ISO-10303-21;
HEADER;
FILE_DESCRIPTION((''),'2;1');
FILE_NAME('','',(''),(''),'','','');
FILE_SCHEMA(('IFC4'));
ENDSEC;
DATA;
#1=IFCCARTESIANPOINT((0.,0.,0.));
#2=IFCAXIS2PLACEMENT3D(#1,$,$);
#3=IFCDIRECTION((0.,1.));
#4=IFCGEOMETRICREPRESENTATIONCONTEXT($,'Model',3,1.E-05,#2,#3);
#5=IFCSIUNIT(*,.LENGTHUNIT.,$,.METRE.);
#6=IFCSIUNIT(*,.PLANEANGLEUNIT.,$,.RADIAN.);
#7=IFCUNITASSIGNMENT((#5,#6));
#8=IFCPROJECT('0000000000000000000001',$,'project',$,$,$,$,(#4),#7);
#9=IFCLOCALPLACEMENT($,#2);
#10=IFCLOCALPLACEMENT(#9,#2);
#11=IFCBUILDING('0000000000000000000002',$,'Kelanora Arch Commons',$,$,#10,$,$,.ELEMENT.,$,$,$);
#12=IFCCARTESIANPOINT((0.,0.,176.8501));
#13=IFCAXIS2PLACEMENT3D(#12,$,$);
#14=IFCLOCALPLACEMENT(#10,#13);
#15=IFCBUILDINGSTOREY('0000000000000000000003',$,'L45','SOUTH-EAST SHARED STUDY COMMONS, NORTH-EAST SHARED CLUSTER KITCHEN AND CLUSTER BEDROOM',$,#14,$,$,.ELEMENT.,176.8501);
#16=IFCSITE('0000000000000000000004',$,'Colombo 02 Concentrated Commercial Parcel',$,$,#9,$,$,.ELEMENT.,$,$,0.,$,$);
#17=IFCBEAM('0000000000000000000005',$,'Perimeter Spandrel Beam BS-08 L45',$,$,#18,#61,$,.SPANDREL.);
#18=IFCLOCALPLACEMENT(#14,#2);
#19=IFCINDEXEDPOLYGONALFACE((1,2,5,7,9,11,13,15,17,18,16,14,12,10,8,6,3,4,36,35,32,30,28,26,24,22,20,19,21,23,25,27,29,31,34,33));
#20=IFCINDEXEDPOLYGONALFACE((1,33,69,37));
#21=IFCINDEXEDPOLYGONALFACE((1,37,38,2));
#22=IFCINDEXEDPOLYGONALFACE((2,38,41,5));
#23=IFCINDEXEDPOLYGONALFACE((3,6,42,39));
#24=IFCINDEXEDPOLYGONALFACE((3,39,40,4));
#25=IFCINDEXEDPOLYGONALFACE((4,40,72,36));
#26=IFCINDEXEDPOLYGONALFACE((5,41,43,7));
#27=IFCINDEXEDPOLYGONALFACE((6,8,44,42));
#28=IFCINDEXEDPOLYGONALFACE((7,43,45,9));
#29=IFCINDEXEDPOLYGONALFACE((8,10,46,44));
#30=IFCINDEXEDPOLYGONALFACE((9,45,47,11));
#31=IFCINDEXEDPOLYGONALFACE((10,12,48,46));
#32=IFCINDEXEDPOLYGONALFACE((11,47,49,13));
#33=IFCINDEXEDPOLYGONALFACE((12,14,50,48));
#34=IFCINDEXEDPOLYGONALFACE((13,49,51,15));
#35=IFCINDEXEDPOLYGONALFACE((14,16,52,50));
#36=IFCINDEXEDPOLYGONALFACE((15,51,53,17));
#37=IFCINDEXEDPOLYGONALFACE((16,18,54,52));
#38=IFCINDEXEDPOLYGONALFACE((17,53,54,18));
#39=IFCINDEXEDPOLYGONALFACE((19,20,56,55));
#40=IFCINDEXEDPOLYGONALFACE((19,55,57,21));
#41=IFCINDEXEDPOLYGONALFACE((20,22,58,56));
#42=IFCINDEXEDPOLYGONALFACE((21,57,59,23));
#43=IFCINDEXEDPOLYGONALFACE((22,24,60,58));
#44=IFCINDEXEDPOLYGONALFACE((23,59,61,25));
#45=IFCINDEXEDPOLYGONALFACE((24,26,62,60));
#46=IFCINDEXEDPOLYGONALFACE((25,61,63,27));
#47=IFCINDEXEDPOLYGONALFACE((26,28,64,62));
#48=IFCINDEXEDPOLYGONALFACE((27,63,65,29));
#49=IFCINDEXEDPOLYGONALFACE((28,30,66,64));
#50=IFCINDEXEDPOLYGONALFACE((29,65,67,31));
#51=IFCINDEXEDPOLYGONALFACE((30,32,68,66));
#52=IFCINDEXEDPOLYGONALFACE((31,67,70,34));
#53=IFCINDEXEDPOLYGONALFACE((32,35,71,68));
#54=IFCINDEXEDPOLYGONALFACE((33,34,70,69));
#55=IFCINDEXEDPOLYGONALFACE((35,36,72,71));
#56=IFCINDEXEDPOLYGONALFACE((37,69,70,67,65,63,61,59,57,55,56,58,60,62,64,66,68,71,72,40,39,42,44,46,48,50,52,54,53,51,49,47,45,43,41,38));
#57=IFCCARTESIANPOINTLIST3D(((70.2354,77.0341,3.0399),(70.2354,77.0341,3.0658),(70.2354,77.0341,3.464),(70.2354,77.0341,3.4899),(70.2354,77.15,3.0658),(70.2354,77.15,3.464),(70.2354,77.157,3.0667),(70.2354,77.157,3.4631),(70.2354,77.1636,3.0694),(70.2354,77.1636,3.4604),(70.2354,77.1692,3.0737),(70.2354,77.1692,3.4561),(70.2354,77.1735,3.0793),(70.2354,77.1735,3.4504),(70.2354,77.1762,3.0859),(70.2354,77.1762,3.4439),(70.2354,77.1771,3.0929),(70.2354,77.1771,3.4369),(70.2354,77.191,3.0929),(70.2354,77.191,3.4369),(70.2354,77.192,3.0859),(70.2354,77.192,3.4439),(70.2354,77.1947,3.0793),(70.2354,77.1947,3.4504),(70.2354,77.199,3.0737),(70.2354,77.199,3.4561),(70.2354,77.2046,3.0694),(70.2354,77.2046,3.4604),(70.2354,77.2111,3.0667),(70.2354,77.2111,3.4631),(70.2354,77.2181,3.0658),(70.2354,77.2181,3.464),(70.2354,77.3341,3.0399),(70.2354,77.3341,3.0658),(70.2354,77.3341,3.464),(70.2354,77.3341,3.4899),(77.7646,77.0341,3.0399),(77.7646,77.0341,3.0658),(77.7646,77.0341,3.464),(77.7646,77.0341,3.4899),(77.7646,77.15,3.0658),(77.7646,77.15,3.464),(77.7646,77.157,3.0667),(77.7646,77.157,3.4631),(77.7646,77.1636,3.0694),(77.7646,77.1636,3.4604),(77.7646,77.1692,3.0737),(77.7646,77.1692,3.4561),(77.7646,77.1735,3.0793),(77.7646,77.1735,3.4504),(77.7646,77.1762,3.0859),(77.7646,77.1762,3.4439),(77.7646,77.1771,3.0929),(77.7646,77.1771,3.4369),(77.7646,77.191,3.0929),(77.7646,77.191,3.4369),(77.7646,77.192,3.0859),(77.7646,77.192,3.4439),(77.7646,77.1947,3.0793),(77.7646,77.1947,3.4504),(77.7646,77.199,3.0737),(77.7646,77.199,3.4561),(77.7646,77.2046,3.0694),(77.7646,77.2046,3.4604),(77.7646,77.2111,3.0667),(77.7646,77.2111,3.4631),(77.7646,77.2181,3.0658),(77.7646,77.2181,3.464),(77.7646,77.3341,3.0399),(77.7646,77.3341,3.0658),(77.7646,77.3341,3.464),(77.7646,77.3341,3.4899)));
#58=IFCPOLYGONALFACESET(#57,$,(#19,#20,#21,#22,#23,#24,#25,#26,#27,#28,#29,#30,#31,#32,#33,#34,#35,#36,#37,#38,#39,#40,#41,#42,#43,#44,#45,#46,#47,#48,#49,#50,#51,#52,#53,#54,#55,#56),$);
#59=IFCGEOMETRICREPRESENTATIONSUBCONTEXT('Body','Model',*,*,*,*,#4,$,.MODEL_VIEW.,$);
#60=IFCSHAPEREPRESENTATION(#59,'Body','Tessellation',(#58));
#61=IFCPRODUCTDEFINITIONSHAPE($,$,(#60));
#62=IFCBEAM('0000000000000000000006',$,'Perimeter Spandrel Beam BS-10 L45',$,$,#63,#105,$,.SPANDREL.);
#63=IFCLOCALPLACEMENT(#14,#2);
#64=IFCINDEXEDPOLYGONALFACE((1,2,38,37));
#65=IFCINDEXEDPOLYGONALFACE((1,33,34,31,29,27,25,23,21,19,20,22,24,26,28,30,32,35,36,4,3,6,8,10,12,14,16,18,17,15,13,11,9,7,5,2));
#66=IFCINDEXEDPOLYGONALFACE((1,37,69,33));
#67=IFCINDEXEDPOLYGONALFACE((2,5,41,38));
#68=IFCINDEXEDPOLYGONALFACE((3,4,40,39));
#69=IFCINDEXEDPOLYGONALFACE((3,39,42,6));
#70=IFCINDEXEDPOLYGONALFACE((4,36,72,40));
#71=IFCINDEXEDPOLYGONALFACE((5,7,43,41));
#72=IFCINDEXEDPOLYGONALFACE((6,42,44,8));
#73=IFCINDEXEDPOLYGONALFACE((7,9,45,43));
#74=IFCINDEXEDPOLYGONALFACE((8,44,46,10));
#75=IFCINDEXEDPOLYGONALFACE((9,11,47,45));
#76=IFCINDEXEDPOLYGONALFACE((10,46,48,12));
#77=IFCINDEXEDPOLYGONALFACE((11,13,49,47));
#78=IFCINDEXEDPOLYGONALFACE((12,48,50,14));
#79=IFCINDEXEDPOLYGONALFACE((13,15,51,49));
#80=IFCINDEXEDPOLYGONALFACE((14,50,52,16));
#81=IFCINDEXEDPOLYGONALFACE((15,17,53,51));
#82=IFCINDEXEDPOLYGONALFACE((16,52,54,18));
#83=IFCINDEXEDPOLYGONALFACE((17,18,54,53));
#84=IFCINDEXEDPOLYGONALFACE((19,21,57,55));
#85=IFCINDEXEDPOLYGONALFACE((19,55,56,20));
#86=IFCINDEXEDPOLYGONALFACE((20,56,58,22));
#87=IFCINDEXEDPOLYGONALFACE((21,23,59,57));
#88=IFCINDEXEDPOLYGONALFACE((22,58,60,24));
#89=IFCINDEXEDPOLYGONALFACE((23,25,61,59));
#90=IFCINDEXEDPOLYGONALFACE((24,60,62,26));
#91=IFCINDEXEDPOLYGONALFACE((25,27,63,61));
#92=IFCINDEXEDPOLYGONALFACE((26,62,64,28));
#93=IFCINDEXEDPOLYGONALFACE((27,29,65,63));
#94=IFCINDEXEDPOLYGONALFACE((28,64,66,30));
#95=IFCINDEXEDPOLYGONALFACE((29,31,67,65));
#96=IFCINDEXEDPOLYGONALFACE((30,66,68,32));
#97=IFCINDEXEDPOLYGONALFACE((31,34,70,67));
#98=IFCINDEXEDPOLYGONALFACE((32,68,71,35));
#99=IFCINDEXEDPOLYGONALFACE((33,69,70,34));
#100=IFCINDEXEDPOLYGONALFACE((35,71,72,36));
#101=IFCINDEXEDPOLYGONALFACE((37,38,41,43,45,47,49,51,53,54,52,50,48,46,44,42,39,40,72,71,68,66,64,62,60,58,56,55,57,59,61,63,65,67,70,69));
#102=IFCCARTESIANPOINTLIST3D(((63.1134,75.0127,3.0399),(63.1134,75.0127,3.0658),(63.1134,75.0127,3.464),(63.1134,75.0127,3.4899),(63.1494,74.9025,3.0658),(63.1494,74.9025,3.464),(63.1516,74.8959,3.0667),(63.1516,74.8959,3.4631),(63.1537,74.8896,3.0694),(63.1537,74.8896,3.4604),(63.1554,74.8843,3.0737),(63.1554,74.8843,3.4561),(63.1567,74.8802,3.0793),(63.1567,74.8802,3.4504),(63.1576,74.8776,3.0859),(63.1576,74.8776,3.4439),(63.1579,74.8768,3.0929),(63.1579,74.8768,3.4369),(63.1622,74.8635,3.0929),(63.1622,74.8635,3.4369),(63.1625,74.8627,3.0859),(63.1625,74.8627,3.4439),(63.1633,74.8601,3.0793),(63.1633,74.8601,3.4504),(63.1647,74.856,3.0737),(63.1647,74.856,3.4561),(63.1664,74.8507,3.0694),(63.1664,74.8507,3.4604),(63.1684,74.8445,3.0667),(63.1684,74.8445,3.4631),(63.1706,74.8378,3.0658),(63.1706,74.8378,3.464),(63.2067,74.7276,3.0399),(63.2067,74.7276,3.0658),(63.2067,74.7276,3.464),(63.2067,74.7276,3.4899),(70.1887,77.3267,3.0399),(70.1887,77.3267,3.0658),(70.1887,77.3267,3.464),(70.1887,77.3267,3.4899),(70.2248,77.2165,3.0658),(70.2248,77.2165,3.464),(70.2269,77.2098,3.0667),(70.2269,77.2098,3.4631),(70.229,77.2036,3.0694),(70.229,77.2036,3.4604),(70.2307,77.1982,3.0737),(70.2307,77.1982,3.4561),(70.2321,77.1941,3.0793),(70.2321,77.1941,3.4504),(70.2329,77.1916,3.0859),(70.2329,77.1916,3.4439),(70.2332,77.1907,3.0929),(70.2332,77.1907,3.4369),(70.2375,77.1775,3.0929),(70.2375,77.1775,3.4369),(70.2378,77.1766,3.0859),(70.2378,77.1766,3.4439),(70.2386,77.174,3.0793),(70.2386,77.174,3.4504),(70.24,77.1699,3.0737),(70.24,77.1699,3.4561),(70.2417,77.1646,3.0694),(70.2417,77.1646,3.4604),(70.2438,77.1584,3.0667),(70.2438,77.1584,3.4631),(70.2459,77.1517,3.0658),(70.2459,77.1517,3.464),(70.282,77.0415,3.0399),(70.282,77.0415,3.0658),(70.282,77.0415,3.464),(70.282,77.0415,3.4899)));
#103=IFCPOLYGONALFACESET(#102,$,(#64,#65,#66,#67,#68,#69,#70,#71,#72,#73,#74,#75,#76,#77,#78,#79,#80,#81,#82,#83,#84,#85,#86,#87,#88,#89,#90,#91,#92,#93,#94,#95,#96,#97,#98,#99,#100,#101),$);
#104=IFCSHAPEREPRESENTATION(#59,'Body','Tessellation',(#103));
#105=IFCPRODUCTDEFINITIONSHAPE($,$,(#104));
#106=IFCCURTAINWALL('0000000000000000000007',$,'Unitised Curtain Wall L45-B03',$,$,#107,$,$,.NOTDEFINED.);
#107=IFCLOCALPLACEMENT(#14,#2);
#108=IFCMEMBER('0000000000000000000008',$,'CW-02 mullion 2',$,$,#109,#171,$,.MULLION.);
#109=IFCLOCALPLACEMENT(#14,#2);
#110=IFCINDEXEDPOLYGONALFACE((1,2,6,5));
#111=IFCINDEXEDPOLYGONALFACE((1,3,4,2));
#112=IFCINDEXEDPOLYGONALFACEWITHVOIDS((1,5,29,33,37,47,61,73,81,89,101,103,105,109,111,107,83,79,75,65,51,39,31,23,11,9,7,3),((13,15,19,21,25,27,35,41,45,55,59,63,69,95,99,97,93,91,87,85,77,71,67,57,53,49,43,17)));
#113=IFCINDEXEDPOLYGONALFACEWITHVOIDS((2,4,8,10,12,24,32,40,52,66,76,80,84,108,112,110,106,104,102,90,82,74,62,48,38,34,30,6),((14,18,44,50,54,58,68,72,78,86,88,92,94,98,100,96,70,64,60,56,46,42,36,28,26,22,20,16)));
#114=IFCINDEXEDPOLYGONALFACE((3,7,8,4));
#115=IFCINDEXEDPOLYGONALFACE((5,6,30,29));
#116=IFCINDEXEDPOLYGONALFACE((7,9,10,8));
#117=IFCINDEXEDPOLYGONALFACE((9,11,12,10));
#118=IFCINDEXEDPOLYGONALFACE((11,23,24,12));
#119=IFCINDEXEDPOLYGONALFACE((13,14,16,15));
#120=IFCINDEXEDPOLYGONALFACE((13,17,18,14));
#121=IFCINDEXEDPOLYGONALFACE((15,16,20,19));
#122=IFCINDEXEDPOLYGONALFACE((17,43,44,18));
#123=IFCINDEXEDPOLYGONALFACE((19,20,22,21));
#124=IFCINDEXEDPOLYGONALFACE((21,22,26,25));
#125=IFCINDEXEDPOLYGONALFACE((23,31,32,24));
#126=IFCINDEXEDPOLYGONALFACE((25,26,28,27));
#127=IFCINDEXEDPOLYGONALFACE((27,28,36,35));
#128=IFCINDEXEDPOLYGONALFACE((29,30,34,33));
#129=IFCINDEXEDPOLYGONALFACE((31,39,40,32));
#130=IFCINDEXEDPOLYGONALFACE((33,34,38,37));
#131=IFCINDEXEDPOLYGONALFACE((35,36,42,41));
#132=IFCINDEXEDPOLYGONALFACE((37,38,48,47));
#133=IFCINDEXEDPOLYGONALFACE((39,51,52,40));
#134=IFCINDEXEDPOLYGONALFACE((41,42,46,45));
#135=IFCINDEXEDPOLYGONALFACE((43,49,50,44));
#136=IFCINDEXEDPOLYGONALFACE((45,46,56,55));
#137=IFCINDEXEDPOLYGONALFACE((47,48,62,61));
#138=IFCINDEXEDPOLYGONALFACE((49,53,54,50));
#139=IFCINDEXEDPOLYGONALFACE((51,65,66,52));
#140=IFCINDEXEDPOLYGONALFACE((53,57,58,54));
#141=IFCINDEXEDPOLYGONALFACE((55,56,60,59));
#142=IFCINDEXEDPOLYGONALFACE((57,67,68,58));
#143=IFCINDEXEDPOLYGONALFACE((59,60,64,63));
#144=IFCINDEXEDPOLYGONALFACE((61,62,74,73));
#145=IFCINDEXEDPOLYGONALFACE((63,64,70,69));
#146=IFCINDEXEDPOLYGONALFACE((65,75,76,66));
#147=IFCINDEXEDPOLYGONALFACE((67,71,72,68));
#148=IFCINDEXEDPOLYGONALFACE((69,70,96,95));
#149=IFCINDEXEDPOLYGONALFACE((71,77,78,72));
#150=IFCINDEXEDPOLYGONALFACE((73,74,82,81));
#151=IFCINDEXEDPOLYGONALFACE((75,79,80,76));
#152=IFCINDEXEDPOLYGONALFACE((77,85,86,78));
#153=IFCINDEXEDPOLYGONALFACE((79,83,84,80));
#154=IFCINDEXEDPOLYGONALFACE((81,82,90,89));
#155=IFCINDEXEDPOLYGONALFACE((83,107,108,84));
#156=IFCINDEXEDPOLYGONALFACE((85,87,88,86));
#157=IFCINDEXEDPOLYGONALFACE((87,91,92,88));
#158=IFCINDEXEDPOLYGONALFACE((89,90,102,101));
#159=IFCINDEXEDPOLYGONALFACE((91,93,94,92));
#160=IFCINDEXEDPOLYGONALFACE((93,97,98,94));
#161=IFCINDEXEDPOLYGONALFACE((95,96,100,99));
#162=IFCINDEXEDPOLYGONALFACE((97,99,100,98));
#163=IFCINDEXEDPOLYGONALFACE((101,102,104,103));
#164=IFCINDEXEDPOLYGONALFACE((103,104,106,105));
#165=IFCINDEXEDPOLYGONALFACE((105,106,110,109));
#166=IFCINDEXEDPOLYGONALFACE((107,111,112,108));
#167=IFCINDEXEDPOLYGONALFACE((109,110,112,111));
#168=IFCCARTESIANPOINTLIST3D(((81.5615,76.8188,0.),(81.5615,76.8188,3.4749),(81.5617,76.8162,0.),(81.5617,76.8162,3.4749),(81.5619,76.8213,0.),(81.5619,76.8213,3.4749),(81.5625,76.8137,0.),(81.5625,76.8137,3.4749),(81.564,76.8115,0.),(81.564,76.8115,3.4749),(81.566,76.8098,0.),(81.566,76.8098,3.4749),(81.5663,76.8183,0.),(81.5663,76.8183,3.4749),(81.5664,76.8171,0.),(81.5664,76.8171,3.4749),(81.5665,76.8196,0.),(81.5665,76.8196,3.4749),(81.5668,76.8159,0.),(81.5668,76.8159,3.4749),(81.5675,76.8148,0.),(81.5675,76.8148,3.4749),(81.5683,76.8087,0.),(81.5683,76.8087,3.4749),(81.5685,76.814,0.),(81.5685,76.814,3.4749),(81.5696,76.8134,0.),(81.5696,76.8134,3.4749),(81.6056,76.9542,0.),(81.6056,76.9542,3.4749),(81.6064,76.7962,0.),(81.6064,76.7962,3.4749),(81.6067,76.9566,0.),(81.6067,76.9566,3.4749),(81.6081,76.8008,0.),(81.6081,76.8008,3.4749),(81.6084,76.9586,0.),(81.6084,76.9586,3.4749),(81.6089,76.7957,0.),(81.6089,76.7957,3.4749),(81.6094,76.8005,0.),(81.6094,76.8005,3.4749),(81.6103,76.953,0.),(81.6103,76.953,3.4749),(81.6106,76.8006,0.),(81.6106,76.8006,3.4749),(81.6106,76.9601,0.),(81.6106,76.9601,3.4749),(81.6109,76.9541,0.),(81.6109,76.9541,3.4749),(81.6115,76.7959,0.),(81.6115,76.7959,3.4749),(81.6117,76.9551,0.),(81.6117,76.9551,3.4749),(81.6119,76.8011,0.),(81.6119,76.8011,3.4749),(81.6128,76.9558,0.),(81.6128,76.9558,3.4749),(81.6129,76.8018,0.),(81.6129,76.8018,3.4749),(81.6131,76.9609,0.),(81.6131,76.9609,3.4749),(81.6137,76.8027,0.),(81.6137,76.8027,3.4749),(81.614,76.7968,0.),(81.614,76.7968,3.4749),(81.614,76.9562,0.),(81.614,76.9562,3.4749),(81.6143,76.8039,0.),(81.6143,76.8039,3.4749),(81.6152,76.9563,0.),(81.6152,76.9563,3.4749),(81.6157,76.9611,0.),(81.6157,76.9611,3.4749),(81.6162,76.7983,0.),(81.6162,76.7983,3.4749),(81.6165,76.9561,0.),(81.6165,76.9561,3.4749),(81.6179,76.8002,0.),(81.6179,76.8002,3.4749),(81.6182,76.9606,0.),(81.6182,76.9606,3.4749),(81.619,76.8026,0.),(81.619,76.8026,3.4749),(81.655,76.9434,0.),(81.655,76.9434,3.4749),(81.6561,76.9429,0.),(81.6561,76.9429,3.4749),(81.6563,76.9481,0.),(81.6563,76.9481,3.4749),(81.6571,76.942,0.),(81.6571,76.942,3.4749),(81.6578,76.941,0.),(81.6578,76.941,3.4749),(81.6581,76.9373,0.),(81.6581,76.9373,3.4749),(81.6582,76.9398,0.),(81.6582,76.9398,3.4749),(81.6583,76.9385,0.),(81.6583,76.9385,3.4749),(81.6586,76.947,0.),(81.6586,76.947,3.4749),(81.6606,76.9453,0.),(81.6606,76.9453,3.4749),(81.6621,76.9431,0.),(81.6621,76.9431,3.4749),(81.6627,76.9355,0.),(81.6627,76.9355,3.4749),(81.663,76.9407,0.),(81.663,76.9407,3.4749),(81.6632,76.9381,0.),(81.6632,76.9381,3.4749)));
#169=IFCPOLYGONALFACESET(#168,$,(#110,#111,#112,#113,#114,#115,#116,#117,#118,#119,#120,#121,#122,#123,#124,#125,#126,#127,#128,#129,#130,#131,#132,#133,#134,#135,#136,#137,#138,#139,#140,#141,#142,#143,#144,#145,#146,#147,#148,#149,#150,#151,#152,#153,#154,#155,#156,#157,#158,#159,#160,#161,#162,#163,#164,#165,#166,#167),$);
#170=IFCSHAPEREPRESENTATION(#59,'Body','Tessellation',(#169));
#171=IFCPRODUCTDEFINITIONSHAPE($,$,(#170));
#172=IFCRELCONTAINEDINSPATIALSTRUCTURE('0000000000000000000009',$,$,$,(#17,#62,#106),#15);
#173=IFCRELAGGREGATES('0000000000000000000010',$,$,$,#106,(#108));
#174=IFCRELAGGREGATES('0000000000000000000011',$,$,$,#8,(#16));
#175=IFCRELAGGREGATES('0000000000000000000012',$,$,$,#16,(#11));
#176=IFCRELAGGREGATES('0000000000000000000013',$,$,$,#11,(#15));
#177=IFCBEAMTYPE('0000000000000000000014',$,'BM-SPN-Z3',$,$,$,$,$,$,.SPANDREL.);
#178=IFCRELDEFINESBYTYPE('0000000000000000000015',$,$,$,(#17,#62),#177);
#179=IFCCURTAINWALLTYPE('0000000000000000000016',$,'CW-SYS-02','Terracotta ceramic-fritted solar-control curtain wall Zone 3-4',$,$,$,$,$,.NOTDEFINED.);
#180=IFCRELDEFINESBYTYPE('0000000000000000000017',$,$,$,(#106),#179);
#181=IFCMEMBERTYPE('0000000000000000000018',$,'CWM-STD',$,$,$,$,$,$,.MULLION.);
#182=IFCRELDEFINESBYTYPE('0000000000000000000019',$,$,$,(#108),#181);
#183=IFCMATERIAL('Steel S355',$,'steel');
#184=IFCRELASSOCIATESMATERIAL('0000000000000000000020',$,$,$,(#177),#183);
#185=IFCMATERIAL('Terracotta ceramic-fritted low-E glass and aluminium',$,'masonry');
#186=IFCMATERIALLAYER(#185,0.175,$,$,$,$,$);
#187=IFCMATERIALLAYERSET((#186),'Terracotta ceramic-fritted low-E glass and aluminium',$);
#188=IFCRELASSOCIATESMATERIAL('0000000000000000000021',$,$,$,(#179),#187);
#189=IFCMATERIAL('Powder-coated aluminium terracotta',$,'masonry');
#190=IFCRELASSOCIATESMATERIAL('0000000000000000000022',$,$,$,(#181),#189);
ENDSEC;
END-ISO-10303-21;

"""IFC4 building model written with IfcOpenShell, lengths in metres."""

from ifc_helpers import new_model, si_unit, direction, frame, origin, origin_2d, place, context, subcontext, project, spatial, hollow_rectangle, i_section, extrude, material, layer, layer_set, material_profile, profile_set, type_object, element, aggregate, save


model = new_model("IFC4")

# Units and contexts
model_context = context("Model", 3, precision=1e-05, world=origin(), true_north=direction((0.0, 1.0)))
body_context = subcontext(model_context, "Body", "Model", "MODEL_VIEW")
ifc_project = project(units=[si_unit("LENGTHUNIT", "METRE"), si_unit("PLANEANGLEUNIT", "RADIAN")], contexts=[model_context])

# Site, building, storey
site_placement = place(None, origin())
site = spatial("IfcSite", under=ifc_project, at=site_placement, Name="Colombo 02 Concentrated Commercial Parcel", CompositionType="ELEMENT", RefElevation=0.0)
building_placement = place(site_placement, origin())
building = spatial("IfcBuilding", under=site, at=building_placement, Name="Kelanora Arch Commons", CompositionType="ELEMENT")
storey_placement = place(building_placement, frame((0.0, 0.0, 176.8501)))
storey = spatial("IfcBuildingStorey", under=building, at=storey_placement, Name="L45", Description="SOUTH-EAST SHARED STUDY COMMONS, NORTH-EAST SHARED CLUSTER KITCHEN AND CLUSTER BEDROOM", CompositionType="ELEMENT", Elevation=176.8501)

# Beams
ifc_material_1 = material(Name="Steel S355", Category="steel")
ifc_material_profile_1 = material_profile(ifc_material_1, i_section(OverallWidth=0.3, OverallDepth=0.45, WebThickness=0.0139, FlangeThickness=0.0259, FilletRadius=0.0271, at=origin_2d()), Name="HEB450")
ifc_profile_set_1 = profile_set([ifc_material_profile_1], Name="Steel S355")
beam_type_1 = type_object("IfcBeamType", Name="BM-SPN-Z3", PredefinedType="SPANDREL", material=ifc_profile_set_1)
beam_1_placement = place(storey_placement, frame((77.7646, 77.1841, 3.2649), z_axis=(-1.0, 0.0, 0.0), x_axis=(0.0, -1.0, 0.0)))
element("IfcBeam", 1, at=beam_1_placement, inside=storey, type_object=beam_type_1, Name="Perimeter Spandrel Beam BS-08 L45", PredefinedType="SPANDREL", context=body_context, shape_type="SweptSolid", body=[
    extrude(i_section(OverallWidth=0.3, OverallDepth=0.45, WebThickness=0.0139, FlangeThickness=0.0259, FilletRadius=0.0271, at=origin_2d()), origin(), (0.0, 0.0, 1.0), 7.5293),
])
beam_2_placement = place(storey_placement, frame((70.2354, 77.1841, 3.2649), z_axis=(-0.950462, -0.310841, 0.0), x_axis=(0.310841, -0.950462, 0.0)))
element("IfcBeam", 2, at=beam_2_placement, inside=storey, type_object=beam_type_1, Name="Perimeter Spandrel Beam BS-10 L45", PredefinedType="SPANDREL", context=body_context, shape_type="SweptSolid", body=[
    extrude(i_section(OverallWidth=0.3, OverallDepth=0.45, WebThickness=0.0139, FlangeThickness=0.0259, FilletRadius=0.0271, at=origin_2d()), origin(), (0.0, 0.0, 1.0), 7.4441),
])

# Curtain wall, member
ifc_material_2 = material(Name="Terracotta ceramic-fritted low-E glass and aluminium", Category="masonry")
ifc_layer_1 = layer(ifc_material_2, 0.175)
ifc_layer_set_1 = layer_set([ifc_layer_1], Name="Terracotta ceramic-fritted low-E glass and aluminium")
curtain_wall_type = type_object("IfcCurtainWallType", Name="CW-SYS-02", Description="Terracotta ceramic-fritted solar-control curtain wall Zone 3-4", PredefinedType="NOTDEFINED", material=ifc_layer_set_1)
curtain_wall_placement = place(storey_placement, origin())
curtain_wall = element("IfcCurtainWall", 3, at=curtain_wall_placement, inside=storey, type_object=curtain_wall_type, Name="Unitised Curtain Wall L45-B03", PredefinedType="NOTDEFINED")
ifc_material_3 = material(Name="Powder-coated aluminium terracotta", Category="masonry")
ifc_material_profile_2 = material_profile(ifc_material_3, hollow_rectangle(XDim=0.1599, YDim=0.0601, WallThickness=0.0049, InnerFilletRadius=0.0049, OuterFilletRadius=0.01, at=origin_2d()), Name="CWM160x60")
ifc_profile_set_2 = profile_set([ifc_material_profile_2], Name="Powder-coated aluminium terracotta")
member_type_1 = type_object("IfcMemberType", Name="CWM-STD", PredefinedType="MULLION", material=ifc_profile_set_2)
member_1_placement = place(storey_placement, frame((81.6123, 76.8784, 0.0), z_axis=(0.0, 0.0, 1.0), x_axis=(-0.312128, -0.95004, 0.0)))
member_1 = element("IfcMember", 4, at=member_1_placement, type_object=member_type_1, Name="CW-02 mullion 2", PredefinedType="MULLION", context=body_context, shape_type="SweptSolid", body=[
    extrude(hollow_rectangle(XDim=0.1599, YDim=0.0601, WallThickness=0.0049, InnerFilletRadius=0.0049, OuterFilletRadius=0.01, at=origin_2d()), origin(), (0.0, 0.0, 1.0), 3.4749),
])
aggregate(curtain_wall, [member_1])

save(model, "model.ifc")
